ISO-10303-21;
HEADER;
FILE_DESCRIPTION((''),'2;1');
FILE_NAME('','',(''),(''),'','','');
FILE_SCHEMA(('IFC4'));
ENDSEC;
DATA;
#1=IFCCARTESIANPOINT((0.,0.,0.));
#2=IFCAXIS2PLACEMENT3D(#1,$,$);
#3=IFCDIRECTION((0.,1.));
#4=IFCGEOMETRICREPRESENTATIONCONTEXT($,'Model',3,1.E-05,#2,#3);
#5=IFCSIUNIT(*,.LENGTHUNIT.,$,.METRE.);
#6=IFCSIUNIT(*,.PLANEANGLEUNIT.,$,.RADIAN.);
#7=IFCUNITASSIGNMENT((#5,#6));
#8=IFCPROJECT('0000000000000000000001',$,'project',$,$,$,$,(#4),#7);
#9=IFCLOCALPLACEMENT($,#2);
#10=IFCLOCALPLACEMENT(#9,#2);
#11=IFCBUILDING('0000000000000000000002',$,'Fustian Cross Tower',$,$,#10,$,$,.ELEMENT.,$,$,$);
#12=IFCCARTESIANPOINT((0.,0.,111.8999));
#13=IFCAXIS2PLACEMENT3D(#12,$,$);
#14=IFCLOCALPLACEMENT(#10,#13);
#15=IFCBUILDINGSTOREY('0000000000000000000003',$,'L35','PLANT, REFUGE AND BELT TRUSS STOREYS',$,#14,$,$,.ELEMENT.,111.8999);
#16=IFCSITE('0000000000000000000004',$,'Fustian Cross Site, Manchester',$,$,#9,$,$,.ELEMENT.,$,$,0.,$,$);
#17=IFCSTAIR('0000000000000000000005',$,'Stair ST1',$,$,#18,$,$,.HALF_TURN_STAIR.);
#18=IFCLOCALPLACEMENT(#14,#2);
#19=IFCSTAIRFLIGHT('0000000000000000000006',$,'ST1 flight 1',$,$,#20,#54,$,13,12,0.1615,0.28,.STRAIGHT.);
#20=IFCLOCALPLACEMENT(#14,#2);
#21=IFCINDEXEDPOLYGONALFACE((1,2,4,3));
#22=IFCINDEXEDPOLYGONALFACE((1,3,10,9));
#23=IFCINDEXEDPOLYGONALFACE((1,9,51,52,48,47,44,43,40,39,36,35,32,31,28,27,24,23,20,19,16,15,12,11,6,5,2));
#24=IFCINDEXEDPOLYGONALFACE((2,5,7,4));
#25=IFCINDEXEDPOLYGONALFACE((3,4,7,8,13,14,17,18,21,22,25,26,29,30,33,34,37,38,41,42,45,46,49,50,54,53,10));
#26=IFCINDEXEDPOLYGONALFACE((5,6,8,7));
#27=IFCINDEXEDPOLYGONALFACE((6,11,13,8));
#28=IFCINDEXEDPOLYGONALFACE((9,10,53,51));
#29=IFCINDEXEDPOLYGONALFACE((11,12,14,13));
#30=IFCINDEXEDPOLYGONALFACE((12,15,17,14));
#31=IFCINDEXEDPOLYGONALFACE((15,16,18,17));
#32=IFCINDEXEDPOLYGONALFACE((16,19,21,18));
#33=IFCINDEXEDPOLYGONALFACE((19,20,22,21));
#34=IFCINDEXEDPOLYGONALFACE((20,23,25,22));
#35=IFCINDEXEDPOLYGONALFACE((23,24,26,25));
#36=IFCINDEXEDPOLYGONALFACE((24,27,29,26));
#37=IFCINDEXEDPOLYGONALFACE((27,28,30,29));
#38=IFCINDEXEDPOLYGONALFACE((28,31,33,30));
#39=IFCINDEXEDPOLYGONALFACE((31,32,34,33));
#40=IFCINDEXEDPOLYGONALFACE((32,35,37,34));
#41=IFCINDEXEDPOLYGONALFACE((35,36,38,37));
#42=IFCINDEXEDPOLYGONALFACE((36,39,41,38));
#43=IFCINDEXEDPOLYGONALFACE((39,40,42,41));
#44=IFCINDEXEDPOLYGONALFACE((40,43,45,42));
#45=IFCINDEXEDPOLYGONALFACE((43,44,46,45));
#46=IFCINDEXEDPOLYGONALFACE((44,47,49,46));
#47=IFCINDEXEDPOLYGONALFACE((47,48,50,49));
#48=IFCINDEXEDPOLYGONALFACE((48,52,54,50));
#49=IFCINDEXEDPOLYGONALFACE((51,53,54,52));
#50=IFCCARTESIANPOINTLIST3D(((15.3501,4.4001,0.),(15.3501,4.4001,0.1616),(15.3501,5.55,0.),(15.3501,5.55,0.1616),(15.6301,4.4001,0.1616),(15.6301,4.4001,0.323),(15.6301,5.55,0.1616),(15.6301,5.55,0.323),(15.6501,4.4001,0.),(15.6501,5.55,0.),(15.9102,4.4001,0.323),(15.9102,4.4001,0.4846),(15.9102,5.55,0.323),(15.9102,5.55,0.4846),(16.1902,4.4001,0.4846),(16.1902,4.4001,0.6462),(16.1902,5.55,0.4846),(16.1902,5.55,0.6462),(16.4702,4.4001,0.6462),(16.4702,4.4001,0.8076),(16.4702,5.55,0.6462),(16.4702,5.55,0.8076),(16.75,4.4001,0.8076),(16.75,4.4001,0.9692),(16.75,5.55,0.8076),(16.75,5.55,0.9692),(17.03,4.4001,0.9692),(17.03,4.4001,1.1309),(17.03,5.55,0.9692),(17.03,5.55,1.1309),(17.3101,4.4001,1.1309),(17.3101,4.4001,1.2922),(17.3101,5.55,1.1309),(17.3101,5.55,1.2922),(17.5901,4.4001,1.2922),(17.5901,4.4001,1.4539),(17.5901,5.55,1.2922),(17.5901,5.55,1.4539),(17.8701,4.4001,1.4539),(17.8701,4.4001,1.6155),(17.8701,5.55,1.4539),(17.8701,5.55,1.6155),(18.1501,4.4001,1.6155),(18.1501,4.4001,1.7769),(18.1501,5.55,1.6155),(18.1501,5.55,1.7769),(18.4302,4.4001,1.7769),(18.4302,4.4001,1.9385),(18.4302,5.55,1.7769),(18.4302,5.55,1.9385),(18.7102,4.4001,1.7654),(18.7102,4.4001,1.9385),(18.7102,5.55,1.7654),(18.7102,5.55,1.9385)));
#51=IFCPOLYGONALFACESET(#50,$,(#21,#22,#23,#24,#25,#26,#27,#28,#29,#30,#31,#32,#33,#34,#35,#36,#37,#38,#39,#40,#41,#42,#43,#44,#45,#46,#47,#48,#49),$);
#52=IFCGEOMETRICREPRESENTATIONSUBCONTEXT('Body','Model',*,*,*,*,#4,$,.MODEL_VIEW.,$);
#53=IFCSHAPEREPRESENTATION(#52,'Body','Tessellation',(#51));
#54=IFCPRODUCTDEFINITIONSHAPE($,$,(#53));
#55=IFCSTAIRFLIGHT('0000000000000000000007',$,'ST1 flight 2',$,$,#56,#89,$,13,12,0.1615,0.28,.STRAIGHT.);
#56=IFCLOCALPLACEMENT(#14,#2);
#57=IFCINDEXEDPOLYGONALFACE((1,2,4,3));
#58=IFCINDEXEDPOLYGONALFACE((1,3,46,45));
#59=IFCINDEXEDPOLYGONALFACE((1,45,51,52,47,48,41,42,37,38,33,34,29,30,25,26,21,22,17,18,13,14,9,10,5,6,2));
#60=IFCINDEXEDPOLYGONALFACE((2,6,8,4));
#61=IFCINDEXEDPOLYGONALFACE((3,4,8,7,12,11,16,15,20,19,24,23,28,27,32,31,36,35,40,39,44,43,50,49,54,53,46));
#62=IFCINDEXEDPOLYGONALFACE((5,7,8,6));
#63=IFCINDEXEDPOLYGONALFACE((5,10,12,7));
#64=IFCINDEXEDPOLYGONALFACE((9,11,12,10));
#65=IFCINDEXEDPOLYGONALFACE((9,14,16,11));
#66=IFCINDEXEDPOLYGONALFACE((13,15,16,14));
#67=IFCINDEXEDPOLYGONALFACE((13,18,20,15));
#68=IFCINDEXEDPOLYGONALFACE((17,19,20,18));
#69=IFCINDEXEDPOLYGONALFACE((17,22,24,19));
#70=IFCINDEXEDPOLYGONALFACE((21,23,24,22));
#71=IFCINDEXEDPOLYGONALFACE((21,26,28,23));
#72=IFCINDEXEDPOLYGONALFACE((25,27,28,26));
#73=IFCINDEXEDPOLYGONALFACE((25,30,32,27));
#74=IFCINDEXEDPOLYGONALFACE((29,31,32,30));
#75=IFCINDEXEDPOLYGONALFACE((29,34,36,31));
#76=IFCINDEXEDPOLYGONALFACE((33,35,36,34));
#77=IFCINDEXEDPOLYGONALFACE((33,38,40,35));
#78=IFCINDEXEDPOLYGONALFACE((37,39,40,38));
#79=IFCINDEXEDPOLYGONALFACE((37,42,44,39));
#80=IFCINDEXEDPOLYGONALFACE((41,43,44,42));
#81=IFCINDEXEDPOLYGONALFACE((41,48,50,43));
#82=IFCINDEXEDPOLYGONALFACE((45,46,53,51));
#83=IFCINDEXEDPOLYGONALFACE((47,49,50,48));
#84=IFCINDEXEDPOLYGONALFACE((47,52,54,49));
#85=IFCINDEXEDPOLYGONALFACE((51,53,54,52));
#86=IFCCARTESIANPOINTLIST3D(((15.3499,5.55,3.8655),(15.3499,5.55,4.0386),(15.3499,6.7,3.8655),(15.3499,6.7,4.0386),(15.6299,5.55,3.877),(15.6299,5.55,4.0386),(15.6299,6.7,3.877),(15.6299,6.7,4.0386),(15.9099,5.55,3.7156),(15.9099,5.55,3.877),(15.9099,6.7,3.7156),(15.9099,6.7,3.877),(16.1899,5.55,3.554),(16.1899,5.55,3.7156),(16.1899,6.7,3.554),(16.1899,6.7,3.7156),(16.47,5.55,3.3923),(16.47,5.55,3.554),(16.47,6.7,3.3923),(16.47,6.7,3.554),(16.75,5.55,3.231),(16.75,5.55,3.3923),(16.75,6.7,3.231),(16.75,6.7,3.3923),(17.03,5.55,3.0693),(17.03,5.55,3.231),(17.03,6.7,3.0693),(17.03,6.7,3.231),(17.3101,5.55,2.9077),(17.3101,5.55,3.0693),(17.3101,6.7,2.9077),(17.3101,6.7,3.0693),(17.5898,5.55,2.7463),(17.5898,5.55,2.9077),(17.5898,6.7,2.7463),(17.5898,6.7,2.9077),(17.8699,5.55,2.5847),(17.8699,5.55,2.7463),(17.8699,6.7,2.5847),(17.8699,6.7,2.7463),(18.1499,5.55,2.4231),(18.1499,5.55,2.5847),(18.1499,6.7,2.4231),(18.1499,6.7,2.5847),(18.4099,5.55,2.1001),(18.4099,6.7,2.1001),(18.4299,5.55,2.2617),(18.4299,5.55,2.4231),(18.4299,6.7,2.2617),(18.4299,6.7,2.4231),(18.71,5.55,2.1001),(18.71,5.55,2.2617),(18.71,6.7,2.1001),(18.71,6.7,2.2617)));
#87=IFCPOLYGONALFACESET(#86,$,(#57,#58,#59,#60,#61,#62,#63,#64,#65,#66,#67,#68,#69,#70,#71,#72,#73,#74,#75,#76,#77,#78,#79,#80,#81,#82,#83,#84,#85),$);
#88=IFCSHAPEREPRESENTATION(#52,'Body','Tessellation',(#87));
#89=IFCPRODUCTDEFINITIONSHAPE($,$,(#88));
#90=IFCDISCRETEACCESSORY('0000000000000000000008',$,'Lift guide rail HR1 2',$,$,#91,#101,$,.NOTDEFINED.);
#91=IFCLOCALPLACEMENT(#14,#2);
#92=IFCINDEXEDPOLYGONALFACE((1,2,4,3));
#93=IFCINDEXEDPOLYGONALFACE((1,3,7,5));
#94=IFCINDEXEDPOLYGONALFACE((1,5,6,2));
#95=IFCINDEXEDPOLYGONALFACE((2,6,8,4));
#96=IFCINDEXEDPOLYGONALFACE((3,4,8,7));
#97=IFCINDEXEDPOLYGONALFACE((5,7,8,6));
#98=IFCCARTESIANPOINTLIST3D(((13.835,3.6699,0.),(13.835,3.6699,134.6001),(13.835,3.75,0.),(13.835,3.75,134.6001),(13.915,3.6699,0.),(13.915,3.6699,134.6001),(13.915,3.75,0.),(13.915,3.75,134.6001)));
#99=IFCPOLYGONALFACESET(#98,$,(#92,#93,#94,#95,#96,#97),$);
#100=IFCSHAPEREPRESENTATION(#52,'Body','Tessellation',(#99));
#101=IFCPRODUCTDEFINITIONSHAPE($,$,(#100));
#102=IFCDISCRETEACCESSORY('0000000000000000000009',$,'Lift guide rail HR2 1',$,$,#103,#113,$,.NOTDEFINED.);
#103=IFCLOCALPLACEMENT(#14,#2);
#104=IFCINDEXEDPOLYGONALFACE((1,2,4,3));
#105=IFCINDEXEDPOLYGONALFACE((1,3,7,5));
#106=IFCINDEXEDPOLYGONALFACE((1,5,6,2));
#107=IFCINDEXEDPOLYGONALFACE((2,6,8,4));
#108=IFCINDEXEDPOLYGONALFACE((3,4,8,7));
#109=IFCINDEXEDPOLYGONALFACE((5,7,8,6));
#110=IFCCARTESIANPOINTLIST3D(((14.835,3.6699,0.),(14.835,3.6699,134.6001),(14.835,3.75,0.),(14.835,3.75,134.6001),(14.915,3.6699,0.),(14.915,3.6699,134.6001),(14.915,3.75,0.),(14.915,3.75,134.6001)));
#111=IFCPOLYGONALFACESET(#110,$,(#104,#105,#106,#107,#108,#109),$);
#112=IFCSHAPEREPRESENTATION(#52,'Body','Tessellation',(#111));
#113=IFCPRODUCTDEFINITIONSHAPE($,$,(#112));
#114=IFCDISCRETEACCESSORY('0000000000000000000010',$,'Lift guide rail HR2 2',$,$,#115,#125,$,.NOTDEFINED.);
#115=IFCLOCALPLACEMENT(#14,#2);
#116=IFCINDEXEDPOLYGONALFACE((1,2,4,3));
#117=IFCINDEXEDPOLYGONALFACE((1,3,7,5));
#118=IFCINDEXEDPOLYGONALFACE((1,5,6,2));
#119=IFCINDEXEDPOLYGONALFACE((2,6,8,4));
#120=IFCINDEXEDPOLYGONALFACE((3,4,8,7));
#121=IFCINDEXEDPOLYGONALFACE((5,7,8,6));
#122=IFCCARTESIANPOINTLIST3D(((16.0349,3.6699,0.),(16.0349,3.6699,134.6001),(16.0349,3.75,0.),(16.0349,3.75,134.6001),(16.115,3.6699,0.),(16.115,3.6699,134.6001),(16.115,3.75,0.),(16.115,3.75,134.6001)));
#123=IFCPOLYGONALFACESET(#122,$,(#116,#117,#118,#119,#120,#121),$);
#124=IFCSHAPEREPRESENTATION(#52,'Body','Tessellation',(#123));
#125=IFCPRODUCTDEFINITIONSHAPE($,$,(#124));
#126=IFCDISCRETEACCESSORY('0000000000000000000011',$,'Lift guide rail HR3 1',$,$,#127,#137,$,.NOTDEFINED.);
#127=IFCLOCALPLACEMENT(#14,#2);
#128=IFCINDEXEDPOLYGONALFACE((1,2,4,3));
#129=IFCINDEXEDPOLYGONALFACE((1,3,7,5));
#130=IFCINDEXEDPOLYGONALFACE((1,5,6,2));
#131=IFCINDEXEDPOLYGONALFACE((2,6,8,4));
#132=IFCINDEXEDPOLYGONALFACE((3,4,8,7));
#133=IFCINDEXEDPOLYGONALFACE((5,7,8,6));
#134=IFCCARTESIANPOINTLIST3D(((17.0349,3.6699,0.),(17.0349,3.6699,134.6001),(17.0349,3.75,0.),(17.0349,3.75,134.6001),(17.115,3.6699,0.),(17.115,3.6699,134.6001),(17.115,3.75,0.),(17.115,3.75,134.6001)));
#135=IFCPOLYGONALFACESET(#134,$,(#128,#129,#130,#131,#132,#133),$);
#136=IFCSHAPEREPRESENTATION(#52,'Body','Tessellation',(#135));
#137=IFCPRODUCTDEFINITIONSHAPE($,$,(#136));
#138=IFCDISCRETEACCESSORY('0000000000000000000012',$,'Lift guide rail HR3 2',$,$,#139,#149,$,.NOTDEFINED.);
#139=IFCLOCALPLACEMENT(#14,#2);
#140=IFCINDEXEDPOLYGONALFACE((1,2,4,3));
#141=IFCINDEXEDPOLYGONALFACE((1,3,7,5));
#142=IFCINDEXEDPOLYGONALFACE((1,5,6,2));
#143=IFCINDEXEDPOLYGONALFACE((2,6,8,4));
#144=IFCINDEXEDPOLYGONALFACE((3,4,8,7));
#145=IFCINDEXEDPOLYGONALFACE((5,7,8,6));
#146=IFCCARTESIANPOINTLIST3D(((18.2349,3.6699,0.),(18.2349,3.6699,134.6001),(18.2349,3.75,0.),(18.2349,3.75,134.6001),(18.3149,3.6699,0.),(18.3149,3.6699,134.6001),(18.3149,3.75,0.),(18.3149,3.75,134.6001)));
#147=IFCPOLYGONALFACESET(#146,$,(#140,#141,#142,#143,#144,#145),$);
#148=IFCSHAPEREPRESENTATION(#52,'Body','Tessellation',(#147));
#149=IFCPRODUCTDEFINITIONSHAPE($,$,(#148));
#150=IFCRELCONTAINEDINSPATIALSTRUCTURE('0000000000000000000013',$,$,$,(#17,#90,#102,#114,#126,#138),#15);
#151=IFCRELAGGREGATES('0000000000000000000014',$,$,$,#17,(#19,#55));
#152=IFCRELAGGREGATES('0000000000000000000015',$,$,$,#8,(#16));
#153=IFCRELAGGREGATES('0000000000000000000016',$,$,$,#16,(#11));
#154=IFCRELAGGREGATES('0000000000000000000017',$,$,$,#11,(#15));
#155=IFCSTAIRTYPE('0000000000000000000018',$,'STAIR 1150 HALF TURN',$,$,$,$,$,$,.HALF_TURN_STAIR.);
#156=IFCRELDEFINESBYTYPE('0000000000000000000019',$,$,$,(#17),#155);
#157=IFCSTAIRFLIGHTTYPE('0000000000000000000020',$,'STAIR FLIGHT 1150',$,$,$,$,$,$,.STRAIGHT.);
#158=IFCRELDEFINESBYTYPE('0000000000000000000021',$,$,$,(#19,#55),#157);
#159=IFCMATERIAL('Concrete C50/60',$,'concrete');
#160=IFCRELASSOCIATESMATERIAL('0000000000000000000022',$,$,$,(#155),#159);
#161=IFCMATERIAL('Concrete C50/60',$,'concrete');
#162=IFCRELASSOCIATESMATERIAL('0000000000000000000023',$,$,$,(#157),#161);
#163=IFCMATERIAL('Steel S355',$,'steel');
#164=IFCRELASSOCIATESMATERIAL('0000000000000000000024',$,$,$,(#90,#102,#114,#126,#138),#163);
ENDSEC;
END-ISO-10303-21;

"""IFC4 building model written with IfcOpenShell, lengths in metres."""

from ifc_helpers import new_model, si_unit, direction, frame, origin, origin_2d, place, context, subcontext, project, spatial, polyline, rectangle, outline, extrude, material, type_object, element, aggregate, save


model = new_model("IFC4")

# Units and contexts
model_context = context("Model", 3, precision=1e-05, world=origin(), true_north=direction((0.0, 1.0)))
body_context = subcontext(model_context, "Body", "Model", "MODEL_VIEW")
ifc_project = project(units=[si_unit("LENGTHUNIT", "METRE"), si_unit("PLANEANGLEUNIT", "RADIAN")], contexts=[model_context])

# Site, building, storey
site_placement = place(None, origin())
site = spatial("IfcSite", under=ifc_project, at=site_placement, Name="Fustian Cross Site, Manchester", CompositionType="ELEMENT", RefElevation=0.0)
building_placement = place(site_placement, origin())
building = spatial("IfcBuilding", under=site, at=building_placement, Name="Fustian Cross Tower", CompositionType="ELEMENT")
storey_placement = place(building_placement, frame((0.0, 0.0, 111.8999)))
storey = spatial("IfcBuildingStorey", under=building, at=storey_placement, Name="L35", Description="PLANT, REFUGE AND BELT TRUSS STOREYS", CompositionType="ELEMENT", Elevation=111.8999)

# Stair, stair flights
ifc_material_1 = material(Name="Concrete C50/60", Category="concrete")
stair_type = type_object("IfcStairType", Name="STAIR 1150 HALF TURN", PredefinedType="HALF_TURN_STAIR", material=ifc_material_1)
stair_placement = place(storey_placement, origin())
stair = element("IfcStair", 1, at=stair_placement, inside=storey, type_object=stair_type, Name="Stair ST1", PredefinedType="HALF_TURN_STAIR")
ifc_material_2 = material(Name="Concrete C50/60", Category="concrete")
stair_flight_type = type_object("IfcStairFlightType", Name="STAIR FLIGHT 1150", PredefinedType="STRAIGHT", material=ifc_material_2)
stair_flight_1_placement = place(storey_placement, frame((15.3501, 4.9751, 0.0), z_axis=(0.0, 0.0, 1.0), x_axis=(1.0, 0.0, 0.0)))
stair_flight_1 = element("IfcStairFlight", 2, at=stair_flight_1_placement, type_object=stair_flight_type, Name="ST1 flight 1", NumberOfRisers=13, NumberOfTreads=12, PredefinedType="STRAIGHT", RiserHeight=0.1615, TreadLength=0.28, context=body_context, shape_type="SweptSolid", body=[
    extrude(outline(polyline([(0.0, 0.0), (0.0, 0.1616), (0.28, 0.1616), (0.28, 0.323), (0.5601, 0.323), (0.5601, 0.4846), (0.8401, 0.4846), (0.8401, 0.6462), (1.1201, 0.6462), (1.1201, 0.8076), (1.3999, 0.8076), (1.3999, 0.9692), (1.6799, 0.9692), (1.6799, 1.1309), (1.96, 1.1309), (1.96, 1.2922), (2.24, 1.2922), (2.24, 1.4539), (2.52, 1.4539), (2.52, 1.6155), (2.8, 1.6155), (2.8, 1.7769), (3.0801, 1.7769), (3.0801, 1.9385), (3.3601, 1.9385), (3.3601, 2.1001), (3.3601, 1.7654), (0.3, 0.0), (0.0, 0.0)])), frame((0.0, 0.575, 0.0), z_axis=(0.0, -1.0, 0.0), x_axis=(1.0, 0.0, 0.0)), (0.0, 0.0, 1.0), 1.1499),
])
stair_flight_2_placement = place(storey_placement, frame((18.71, 6.125, 2.1001), z_axis=(0.0, 0.0, 1.0), x_axis=(-1.0, 0.0, 0.0)))
stair_flight_2 = element("IfcStairFlight", 3, at=stair_flight_2_placement, type_object=stair_flight_type, Name="ST1 flight 2", NumberOfRisers=13, NumberOfTreads=12, PredefinedType="STRAIGHT", RiserHeight=0.1615, TreadLength=0.28, context=body_context, shape_type="SweptSolid", body=[
    extrude(outline(polyline([(0.0, 0.0), (0.0, 0.1616), (0.28, 0.1616), (0.28, 0.323), (0.5601, 0.323), (0.5601, 0.4846), (0.8401, 0.4846), (0.8401, 0.6462), (1.1201, 0.6462), (1.1201, 0.8076), (1.3999, 0.8076), (1.3999, 0.9692), (1.6799, 0.9692), (1.6799, 1.1309), (1.96, 1.1309), (1.96, 1.2922), (2.24, 1.2922), (2.24, 1.4539), (2.52, 1.4539), (2.52, 1.6155), (2.8, 1.6155), (2.8, 1.7769), (3.0801, 1.7769), (3.0801, 1.9385), (3.3601, 1.9385), (3.3601, 2.1001), (3.3601, 1.7654), (0.3, 0.0), (0.0, 0.0)])), frame((0.0, 0.575, 0.0), z_axis=(0.0, -1.0, 0.0), x_axis=(1.0, 0.0, 0.0)), (0.0, 0.0, 1.0), 1.1499),
])
aggregate(stair, [stair_flight_1, stair_flight_2])

# Discrete accessories
ifc_material_3 = material(Name="Steel S355", Category="steel")
for number, where, z_axis, x_axis, name in (
    (4, (13.875, 3.71, 0.0), (0.0, 0.0, 1.0), (1.0, 0.0, 0.0), "Lift guide rail HR1 2"),
    (5, (14.875, 3.71, 0.0), (0.0, 0.0, 1.0), (1.0, 0.0, 0.0), "Lift guide rail HR2 1"),
    (6, (16.075, 3.71, 0.0), (0.0, 0.0, 1.0), (1.0, 0.0, 0.0), "Lift guide rail HR2 2"),
    (7, (17.075, 3.71, 0.0), (0.0, 0.0, 1.0), (1.0, 0.0, 0.0), "Lift guide rail HR3 1"),
    (8, (18.2749, 3.71, 0.0), (0.0, 0.0, 1.0), (1.0, 0.0, 0.0), "Lift guide rail HR3 2"),
):
    element("IfcDiscreteAccessory", number, at=place(storey_placement, frame(where, z_axis=z_axis, x_axis=x_axis)), inside=storey, material=ifc_material_3, Name=name, PredefinedType="NOTDEFINED", context=body_context, shape_type="SweptSolid", body=[
        extrude(rectangle(XDim=0.0801, YDim=0.0801, at=origin_2d()), origin(), (0.0, 0.0, 1.0), 134.6001),
    ])

save(model, "model.ifc")
